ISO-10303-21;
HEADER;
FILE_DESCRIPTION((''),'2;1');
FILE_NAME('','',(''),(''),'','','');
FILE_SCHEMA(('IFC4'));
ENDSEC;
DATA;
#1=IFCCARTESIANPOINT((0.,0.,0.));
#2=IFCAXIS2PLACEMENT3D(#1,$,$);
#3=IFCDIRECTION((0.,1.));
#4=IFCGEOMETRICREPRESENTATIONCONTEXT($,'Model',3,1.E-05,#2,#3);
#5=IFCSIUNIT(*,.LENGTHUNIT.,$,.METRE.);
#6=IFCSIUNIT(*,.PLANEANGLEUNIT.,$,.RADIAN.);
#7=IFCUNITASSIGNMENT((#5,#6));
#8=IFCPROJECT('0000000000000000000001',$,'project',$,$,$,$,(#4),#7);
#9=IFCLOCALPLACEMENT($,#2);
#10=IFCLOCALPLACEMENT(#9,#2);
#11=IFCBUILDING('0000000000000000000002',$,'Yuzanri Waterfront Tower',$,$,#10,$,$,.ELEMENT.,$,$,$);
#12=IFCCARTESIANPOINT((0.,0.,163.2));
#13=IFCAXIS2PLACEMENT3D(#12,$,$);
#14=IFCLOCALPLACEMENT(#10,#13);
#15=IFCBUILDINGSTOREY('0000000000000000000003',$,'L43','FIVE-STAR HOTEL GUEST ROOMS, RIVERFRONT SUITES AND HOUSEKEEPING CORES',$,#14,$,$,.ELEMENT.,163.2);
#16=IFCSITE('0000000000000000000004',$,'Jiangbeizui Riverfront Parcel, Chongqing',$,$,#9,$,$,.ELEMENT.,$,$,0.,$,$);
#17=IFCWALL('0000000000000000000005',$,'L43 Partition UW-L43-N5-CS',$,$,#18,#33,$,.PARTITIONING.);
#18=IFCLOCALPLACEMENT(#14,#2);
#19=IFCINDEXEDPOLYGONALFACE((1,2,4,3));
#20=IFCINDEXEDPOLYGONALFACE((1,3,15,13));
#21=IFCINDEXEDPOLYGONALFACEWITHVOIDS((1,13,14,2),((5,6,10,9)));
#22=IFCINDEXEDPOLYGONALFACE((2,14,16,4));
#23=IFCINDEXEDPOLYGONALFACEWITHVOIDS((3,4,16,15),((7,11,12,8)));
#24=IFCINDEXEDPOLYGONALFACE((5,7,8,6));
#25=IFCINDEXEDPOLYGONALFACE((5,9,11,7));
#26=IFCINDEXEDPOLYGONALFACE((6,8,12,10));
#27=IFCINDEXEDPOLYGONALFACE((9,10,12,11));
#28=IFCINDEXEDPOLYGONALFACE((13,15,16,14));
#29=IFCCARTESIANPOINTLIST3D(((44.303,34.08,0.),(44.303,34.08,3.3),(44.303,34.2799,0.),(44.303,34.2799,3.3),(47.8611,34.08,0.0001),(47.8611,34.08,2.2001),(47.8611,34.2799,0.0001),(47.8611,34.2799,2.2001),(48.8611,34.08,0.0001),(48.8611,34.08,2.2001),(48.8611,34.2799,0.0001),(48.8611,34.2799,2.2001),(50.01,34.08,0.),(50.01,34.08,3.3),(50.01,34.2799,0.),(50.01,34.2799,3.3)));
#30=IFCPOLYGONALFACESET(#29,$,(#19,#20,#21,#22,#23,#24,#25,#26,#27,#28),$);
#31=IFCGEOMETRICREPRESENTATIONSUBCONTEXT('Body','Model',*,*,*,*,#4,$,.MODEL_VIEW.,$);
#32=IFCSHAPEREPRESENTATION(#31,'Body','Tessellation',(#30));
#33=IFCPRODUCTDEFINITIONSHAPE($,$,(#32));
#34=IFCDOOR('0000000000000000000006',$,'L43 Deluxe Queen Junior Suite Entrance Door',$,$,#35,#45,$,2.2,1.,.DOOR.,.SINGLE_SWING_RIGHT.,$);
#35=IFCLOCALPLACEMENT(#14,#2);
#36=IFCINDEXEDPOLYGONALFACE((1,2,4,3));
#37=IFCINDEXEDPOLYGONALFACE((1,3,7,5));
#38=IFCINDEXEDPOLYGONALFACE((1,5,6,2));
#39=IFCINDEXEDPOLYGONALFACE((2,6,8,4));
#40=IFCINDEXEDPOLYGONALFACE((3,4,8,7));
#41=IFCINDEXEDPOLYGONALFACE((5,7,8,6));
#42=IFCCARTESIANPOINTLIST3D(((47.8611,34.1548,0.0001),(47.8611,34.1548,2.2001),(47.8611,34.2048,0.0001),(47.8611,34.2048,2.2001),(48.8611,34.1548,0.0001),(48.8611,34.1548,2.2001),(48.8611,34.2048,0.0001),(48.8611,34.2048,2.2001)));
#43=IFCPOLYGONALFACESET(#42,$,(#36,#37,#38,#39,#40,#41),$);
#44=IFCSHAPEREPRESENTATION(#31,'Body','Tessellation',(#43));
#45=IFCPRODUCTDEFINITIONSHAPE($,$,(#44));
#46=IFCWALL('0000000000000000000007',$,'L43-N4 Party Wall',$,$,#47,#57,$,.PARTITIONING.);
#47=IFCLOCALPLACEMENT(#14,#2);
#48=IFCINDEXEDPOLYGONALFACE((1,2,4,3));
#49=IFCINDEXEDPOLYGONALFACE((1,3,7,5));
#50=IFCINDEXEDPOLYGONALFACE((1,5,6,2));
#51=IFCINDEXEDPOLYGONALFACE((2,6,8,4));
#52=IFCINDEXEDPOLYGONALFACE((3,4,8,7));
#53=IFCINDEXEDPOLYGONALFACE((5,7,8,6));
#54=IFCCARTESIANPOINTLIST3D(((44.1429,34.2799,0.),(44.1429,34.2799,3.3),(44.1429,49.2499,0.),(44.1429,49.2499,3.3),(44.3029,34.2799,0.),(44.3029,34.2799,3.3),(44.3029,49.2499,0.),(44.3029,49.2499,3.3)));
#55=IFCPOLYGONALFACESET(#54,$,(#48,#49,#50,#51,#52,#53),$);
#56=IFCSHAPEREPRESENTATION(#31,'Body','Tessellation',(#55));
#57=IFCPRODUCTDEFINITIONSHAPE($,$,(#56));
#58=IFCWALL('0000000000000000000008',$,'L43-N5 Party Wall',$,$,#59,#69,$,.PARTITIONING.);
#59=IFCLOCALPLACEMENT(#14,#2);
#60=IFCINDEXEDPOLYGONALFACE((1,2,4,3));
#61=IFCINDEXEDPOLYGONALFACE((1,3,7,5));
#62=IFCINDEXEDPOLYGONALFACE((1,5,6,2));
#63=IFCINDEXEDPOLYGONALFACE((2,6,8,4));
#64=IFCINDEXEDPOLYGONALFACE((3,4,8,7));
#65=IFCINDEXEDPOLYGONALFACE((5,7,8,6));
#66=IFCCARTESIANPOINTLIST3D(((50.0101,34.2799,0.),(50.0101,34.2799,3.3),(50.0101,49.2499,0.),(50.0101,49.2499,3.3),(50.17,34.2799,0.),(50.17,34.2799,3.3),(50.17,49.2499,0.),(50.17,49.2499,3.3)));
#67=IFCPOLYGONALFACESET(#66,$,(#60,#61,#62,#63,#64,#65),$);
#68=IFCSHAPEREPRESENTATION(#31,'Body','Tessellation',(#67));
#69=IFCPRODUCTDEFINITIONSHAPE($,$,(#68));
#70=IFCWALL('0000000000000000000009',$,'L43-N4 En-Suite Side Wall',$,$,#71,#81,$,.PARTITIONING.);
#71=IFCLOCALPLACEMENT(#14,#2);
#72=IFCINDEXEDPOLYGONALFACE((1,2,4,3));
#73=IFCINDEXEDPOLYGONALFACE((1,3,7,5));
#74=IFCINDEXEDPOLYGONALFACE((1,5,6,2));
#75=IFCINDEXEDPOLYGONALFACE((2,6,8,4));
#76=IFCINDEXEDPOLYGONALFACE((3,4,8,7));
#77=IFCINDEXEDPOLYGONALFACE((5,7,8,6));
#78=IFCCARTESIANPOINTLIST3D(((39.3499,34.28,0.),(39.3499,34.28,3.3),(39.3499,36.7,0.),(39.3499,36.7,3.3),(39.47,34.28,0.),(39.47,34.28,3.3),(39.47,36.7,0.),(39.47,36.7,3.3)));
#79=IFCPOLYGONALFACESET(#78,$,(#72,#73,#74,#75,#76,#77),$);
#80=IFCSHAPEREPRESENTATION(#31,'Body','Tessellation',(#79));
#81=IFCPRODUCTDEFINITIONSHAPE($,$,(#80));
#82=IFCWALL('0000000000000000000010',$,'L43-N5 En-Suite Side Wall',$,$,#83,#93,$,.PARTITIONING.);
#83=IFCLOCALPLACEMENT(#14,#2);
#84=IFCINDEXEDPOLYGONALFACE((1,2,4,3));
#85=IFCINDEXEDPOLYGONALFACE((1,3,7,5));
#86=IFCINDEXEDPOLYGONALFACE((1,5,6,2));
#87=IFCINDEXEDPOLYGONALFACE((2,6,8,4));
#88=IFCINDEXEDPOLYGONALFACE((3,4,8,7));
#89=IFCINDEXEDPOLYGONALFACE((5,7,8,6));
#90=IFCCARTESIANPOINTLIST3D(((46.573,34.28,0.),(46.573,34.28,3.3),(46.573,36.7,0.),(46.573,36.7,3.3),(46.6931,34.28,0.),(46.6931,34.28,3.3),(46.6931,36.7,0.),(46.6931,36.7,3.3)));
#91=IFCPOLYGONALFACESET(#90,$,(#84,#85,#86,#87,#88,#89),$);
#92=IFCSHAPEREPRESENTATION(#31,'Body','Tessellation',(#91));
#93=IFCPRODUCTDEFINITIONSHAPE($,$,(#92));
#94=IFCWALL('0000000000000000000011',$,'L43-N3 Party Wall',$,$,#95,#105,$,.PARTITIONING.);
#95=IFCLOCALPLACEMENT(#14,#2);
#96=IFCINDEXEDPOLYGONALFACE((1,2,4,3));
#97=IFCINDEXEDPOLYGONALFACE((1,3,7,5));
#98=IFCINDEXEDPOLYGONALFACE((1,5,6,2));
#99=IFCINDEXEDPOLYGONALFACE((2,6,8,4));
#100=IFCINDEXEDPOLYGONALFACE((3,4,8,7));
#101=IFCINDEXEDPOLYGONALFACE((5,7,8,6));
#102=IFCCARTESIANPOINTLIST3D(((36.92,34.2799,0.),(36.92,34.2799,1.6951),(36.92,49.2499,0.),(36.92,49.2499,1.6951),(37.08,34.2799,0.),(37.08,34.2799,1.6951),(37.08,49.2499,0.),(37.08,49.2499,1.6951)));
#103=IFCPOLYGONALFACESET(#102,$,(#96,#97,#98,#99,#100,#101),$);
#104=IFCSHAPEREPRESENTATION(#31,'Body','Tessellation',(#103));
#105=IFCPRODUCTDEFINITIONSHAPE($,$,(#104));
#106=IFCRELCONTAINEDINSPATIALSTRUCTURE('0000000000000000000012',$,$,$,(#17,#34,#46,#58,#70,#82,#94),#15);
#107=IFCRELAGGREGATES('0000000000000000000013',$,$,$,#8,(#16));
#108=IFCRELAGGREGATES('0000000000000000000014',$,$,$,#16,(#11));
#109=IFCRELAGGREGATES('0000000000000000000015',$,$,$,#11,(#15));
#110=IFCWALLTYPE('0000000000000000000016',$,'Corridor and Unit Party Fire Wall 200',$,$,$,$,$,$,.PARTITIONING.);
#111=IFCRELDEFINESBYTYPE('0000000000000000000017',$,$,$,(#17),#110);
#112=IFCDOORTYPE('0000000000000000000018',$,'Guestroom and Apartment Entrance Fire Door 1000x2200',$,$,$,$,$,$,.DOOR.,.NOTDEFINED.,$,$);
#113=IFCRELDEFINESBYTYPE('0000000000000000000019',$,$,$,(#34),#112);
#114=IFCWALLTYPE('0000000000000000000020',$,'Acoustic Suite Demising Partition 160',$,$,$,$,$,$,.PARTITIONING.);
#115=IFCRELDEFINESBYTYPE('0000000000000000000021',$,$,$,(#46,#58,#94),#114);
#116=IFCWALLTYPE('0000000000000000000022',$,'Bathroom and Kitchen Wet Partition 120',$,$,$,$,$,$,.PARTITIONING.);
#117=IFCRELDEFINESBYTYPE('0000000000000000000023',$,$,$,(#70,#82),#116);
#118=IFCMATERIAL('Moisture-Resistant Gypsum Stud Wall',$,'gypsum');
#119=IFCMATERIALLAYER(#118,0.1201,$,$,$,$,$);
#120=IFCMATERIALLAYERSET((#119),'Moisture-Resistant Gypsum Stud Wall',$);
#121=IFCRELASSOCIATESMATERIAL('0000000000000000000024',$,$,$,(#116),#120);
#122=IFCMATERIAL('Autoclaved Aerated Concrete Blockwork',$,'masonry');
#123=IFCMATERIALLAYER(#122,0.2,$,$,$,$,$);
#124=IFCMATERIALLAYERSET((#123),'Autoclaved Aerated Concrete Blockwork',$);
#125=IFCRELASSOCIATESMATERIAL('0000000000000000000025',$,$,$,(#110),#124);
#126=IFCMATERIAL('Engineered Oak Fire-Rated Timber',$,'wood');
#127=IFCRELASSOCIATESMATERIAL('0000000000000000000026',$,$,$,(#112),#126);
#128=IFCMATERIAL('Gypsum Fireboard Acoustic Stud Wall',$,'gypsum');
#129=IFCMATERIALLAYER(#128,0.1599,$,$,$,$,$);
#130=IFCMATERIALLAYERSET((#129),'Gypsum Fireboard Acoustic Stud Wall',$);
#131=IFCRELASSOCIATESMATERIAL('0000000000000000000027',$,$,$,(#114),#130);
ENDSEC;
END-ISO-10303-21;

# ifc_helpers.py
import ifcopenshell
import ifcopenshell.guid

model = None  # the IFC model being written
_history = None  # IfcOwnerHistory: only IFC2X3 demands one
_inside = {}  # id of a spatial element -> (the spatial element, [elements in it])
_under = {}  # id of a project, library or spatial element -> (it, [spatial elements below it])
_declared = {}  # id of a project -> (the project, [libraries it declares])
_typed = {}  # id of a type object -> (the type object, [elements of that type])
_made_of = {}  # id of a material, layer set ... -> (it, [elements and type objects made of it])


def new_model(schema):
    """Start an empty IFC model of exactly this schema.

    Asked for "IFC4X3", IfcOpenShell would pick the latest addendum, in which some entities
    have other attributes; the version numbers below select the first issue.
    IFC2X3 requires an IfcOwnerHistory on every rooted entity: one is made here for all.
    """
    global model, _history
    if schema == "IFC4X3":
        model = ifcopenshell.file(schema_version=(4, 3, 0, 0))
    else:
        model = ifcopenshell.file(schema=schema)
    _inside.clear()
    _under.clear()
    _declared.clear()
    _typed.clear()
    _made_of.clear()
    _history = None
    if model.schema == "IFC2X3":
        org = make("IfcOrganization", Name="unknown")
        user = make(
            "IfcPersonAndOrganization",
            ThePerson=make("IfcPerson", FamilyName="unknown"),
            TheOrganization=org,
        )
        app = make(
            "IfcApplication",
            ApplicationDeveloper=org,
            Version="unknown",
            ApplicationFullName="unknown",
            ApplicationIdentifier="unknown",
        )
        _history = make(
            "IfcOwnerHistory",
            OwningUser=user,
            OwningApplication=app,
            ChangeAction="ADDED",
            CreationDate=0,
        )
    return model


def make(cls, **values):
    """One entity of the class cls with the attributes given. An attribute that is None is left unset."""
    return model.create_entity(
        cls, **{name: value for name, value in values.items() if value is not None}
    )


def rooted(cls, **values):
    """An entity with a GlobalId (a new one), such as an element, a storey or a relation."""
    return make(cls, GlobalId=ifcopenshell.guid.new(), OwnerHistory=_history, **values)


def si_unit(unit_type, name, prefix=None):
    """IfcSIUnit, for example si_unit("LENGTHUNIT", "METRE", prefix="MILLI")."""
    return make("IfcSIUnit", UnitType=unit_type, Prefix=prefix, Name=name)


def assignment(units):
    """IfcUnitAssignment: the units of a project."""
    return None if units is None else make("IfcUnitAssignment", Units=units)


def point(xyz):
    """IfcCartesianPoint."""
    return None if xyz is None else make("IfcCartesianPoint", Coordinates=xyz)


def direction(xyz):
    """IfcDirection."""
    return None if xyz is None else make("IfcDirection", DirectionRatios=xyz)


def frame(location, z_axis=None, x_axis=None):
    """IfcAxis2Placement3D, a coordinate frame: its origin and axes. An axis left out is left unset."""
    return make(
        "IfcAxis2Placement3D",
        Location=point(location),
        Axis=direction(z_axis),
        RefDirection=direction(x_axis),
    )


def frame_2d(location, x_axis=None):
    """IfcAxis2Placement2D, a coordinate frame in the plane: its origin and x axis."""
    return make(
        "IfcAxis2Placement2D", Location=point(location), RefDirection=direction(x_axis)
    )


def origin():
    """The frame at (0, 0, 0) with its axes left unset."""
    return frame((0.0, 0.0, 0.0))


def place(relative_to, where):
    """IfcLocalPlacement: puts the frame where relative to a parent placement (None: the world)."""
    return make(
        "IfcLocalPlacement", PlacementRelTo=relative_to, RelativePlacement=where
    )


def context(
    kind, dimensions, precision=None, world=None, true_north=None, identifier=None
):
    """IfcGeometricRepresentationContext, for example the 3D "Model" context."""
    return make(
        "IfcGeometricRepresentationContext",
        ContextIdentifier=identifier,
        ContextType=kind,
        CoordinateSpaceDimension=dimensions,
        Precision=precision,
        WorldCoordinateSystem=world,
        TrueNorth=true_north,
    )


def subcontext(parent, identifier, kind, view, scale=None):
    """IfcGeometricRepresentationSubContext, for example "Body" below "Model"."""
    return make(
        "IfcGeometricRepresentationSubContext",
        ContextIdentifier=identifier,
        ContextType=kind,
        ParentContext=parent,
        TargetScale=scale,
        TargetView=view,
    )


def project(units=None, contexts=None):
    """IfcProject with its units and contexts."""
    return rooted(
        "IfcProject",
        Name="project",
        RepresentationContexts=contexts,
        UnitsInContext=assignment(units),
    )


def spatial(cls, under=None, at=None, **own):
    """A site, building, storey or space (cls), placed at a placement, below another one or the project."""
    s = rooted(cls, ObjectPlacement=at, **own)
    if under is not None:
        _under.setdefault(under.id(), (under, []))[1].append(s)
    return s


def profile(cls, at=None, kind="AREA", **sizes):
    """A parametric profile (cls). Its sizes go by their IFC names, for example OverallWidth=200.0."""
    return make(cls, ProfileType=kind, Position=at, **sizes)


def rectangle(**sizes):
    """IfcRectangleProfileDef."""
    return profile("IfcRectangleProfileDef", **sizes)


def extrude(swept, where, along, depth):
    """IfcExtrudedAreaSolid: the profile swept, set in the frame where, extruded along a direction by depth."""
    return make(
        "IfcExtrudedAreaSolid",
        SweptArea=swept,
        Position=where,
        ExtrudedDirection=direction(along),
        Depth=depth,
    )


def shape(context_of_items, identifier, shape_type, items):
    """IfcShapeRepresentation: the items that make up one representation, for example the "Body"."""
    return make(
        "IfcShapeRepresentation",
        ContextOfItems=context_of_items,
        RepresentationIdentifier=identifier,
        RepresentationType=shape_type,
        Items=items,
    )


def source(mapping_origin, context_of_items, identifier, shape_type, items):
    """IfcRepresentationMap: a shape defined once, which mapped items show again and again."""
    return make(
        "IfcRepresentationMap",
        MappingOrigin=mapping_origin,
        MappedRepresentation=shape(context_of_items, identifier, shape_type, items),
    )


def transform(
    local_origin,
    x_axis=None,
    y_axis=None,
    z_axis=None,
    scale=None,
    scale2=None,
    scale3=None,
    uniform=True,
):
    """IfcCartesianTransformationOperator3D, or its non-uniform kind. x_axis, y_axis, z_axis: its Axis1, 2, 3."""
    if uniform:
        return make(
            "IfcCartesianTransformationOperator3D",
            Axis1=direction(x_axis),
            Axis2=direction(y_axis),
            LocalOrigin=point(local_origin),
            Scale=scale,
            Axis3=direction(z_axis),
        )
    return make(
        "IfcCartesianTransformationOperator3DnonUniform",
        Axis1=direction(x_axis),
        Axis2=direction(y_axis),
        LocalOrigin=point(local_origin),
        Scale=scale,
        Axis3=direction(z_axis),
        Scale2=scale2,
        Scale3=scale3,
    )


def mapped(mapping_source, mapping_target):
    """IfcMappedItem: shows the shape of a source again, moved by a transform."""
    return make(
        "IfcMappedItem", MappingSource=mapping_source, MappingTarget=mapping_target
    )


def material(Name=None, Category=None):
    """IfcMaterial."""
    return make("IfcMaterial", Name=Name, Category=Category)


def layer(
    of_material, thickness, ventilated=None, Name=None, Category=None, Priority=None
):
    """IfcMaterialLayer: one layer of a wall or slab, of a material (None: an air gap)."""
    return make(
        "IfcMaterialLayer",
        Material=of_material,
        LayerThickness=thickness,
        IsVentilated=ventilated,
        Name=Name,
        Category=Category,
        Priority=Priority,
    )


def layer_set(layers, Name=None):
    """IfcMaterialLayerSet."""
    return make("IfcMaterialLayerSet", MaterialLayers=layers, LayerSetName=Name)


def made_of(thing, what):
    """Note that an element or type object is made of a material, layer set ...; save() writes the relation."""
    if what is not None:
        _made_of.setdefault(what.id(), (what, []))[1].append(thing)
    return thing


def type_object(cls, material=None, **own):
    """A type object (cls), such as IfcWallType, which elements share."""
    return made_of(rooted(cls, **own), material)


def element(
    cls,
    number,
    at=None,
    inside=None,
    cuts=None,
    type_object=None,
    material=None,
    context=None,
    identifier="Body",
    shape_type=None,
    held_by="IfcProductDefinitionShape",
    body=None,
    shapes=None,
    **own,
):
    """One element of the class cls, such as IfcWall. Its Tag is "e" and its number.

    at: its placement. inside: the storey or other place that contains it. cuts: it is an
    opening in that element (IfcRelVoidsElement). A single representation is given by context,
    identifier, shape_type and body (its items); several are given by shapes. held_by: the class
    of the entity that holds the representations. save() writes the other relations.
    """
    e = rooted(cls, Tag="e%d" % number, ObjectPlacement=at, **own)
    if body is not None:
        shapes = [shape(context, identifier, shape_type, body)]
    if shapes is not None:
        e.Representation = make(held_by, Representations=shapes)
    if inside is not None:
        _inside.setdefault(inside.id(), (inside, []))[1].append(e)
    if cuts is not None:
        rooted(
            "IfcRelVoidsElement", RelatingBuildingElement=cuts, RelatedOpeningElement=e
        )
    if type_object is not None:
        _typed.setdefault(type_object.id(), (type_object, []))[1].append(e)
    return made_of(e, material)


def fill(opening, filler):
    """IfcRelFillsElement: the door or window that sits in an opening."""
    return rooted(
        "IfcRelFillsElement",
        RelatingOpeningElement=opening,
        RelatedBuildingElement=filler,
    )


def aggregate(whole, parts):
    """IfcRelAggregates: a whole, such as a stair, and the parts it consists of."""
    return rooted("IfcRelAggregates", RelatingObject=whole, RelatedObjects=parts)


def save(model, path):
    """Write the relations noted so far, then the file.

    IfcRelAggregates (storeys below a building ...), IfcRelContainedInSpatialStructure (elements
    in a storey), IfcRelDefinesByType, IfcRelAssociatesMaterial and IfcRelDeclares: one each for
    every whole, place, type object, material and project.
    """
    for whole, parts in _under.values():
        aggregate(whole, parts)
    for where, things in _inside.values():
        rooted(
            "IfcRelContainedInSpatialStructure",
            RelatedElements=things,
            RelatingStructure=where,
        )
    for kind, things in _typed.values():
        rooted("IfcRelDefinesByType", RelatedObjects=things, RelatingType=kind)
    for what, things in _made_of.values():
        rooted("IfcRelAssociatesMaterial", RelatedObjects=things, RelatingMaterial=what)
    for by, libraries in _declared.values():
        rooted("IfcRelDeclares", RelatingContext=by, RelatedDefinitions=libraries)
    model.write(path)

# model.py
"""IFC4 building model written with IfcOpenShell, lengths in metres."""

from ifc_helpers import new_model, si_unit, direction, frame, frame_2d, origin, place, context, subcontext, project, spatial, rectangle, extrude, source, transform, mapped, material, layer, layer_set, type_object, element, fill, save


model = new_model("IFC4")

# Units and contexts
model_context = context("Model", 3, precision=1e-05, world=origin(), true_north=direction((0.0, 1.0)))
body_context = subcontext(model_context, "Body", "Model", "MODEL_VIEW")
ifc_project = project(units=[si_unit("LENGTHUNIT", "METRE"), si_unit("PLANEANGLEUNIT", "RADIAN")], contexts=[model_context])

# Site, building, storey
site_placement = place(None, origin())
site = spatial("IfcSite", under=ifc_project, at=site_placement, Name="Jiangbeizui Riverfront Parcel, Chongqing", CompositionType="ELEMENT", RefElevation=0.0)
building_placement = place(site_placement, origin())
building = spatial("IfcBuilding", under=site, at=building_placement, Name="Yuzanri Waterfront Tower", CompositionType="ELEMENT")
storey_placement = place(building_placement, frame((0.0, 0.0, 163.2)))
storey = spatial("IfcBuildingStorey", under=building, at=storey_placement, Name="L43", Description="FIVE-STAR HOTEL GUEST ROOMS, RIVERFRONT SUITES AND HOUSEKEEPING CORES", CompositionType="ELEMENT", Elevation=163.2)

# Wall, opening, door
ifc_material_1 = material(Name="Moisture-Resistant Gypsum Stud Wall", Category="gypsum")
ifc_layer_1 = layer(ifc_material_1, 0.1201)
ifc_layer_set_1 = layer_set([ifc_layer_1], Name="Moisture-Resistant Gypsum Stud Wall")
wall_type_1 = type_object("IfcWallType", Name="Bathroom and Kitchen Wet Partition 120", PredefinedType="PARTITIONING", material=ifc_layer_set_1)
ifc_material_2 = material(Name="Autoclaved Aerated Concrete Blockwork", Category="masonry")
ifc_layer_2 = layer(ifc_material_2, 0.2)
ifc_layer_set_2 = layer_set([ifc_layer_2], Name="Autoclaved Aerated Concrete Blockwork")
wall_type_2 = type_object("IfcWallType", Name="Corridor and Unit Party Fire Wall 200", PredefinedType="PARTITIONING", material=ifc_layer_set_2)
wall_1_placement = place(storey_placement, frame((44.303, 34.1799, 0.0), z_axis=(0.0, 0.0, 1.0), x_axis=(1.0, 0.0, 0.0)))
wall_1 = element("IfcWall", 1, at=wall_1_placement, inside=storey, type_object=wall_type_2, Name="L43 Partition UW-L43-N5-CS", PredefinedType="PARTITIONING", context=body_context, shape_type="SweptSolid", body=[
    extrude(rectangle(XDim=5.707, YDim=0.2, at=frame_2d((2.8535, 0.0))), origin(), (0.0, 0.0, 1.0), 3.3),
])
opening_1_placement = place(wall_1_placement, frame((3.5581, 0.0, 0.0)))
opening_1 = element("IfcOpeningElement", 2, at=opening_1_placement, cuts=wall_1, PredefinedType="OPENING", context=body_context, shape_type="SweptSolid", body=[
    extrude(rectangle(XDim=1.0, YDim=2.2, at=frame_2d((0.5, 1.1001))), frame((0.0, 0.1147, 0.0), z_axis=(0.0, -1.0, 0.0), x_axis=(1.0, 0.0, 0.0)), (0.0, 0.0, 1.0), 0.2297),
])
ifc_material_3 = material(Name="Engineered Oak Fire-Rated Timber", Category="wood")
door_type_1 = type_object("IfcDoorType", Name="Guestroom and Apartment Entrance Fire Door 1000x2200", OperationType="NOTDEFINED", PredefinedType="DOOR", material=ifc_material_3)
shared_shape_1 = source(origin(), body_context, "Body", "SweptSolid", [
    extrude(rectangle(XDim=1.0, YDim=2.2, at=frame_2d((0.5, 1.1001))), frame((0.0, 0.0249, 0.0), z_axis=(0.0, -1.0, 0.0), x_axis=(1.0, 0.0, 0.0)), (0.0, 0.0, 1.0), 0.05),
])
door_1_placement = place(opening_1_placement, origin())
door_1 = element("IfcDoor", 3, at=door_1_placement, inside=storey, type_object=door_type_1, Name="L43 Deluxe Queen Junior Suite Entrance Door", OperationType="SINGLE_SWING_RIGHT", OverallHeight=2.2, OverallWidth=1.0, PredefinedType="DOOR", context=body_context, shape_type="MappedRepresentation", body=[
    mapped(shared_shape_1, transform((0.0, 0.0, 0.0), scale=1.0)),
])
fill(opening_1, door_1)

# Walls
ifc_material_4 = material(Name="Gypsum Fireboard Acoustic Stud Wall", Category="gypsum")
ifc_layer_3 = layer(ifc_material_4, 0.1599)
ifc_layer_set_3 = layer_set([ifc_layer_3], Name="Gypsum Fireboard Acoustic Stud Wall")
wall_type_3 = type_object("IfcWallType", Name="Acoustic Suite Demising Partition 160", PredefinedType="PARTITIONING", material=ifc_layer_set_3)
shared_shape_2 = source(origin(), body_context, "Body", "SweptSolid", [
    extrude(rectangle(XDim=14.97, YDim=0.1599, at=frame_2d((7.4849, 0.0))), origin(), (0.0, 0.0, 1.0), 3.3),
])
for number, where, z_axis, x_axis, name in (
    (4, (44.2229, 34.28, 0.0), (0.0, 0.0, 1.0), (0.0, 1.0, 0.0), "L43-N4 Party Wall"),
    (5, (50.0901, 34.28, 0.0), (0.0, 0.0, 1.0), (0.0, 1.0, 0.0), "L43-N5 Party Wall"),
):
    element("IfcWall", number, at=place(storey_placement, frame(where, z_axis=z_axis, x_axis=x_axis)), inside=storey, type_object=wall_type_3, Name=name, PredefinedType="PARTITIONING", context=body_context, shape_type="MappedRepresentation", body=[
        mapped(shared_shape_2, transform((0.0, 0.0, 0.0), scale=1.0)),
    ])
shared_shape_3 = source(origin(), body_context, "Body", "SweptSolid", [
    extrude(rectangle(XDim=2.4199, YDim=0.1201, at=frame_2d((1.21, 0.0))), origin(), (0.0, 0.0, 1.0), 3.3),
])
for number, where, z_axis, x_axis, name in (
    (6, (39.4099, 34.28, 0.0), (0.0, 0.0, 1.0), (0.0, 1.0, 0.0), "L43-N4 En-Suite Side Wall"),
    (7, (46.6331, 34.28, 0.0), (0.0, 0.0, 1.0), (0.0, 1.0, 0.0), "L43-N5 En-Suite Side Wall"),
):
    element("IfcWall", number, at=place(storey_placement, frame(where, z_axis=z_axis, x_axis=x_axis)), inside=storey, type_object=wall_type_1, Name=name, PredefinedType="PARTITIONING", context=body_context, shape_type="MappedRepresentation", body=[
        mapped(shared_shape_3, transform((0.0, 0.0, 0.0), scale=1.0)),
    ])
shared_shape_4 = source(origin(), body_context, "Body", "SweptSolid", [
    extrude(rectangle(XDim=14.97, YDim=0.1599, at=frame_2d((7.4849, 0.0))), origin(), (0.0, 0.0, 1.0), 1.6951),
])
wall_2_placement = place(storey_placement, frame((37.0, 34.28, 0.0), z_axis=(0.0, 0.0, 1.0), x_axis=(0.0, 1.0, 0.0)))
element("IfcWall", 8, at=wall_2_placement, inside=storey, type_object=wall_type_3, Name="L43-N3 Party Wall", PredefinedType="PARTITIONING", context=body_context, shape_type="MappedRepresentation", body=[
    mapped(shared_shape_4, transform((0.0, 0.0, 0.0), scale=1.0)),
])

save(model, "model.ifc")
